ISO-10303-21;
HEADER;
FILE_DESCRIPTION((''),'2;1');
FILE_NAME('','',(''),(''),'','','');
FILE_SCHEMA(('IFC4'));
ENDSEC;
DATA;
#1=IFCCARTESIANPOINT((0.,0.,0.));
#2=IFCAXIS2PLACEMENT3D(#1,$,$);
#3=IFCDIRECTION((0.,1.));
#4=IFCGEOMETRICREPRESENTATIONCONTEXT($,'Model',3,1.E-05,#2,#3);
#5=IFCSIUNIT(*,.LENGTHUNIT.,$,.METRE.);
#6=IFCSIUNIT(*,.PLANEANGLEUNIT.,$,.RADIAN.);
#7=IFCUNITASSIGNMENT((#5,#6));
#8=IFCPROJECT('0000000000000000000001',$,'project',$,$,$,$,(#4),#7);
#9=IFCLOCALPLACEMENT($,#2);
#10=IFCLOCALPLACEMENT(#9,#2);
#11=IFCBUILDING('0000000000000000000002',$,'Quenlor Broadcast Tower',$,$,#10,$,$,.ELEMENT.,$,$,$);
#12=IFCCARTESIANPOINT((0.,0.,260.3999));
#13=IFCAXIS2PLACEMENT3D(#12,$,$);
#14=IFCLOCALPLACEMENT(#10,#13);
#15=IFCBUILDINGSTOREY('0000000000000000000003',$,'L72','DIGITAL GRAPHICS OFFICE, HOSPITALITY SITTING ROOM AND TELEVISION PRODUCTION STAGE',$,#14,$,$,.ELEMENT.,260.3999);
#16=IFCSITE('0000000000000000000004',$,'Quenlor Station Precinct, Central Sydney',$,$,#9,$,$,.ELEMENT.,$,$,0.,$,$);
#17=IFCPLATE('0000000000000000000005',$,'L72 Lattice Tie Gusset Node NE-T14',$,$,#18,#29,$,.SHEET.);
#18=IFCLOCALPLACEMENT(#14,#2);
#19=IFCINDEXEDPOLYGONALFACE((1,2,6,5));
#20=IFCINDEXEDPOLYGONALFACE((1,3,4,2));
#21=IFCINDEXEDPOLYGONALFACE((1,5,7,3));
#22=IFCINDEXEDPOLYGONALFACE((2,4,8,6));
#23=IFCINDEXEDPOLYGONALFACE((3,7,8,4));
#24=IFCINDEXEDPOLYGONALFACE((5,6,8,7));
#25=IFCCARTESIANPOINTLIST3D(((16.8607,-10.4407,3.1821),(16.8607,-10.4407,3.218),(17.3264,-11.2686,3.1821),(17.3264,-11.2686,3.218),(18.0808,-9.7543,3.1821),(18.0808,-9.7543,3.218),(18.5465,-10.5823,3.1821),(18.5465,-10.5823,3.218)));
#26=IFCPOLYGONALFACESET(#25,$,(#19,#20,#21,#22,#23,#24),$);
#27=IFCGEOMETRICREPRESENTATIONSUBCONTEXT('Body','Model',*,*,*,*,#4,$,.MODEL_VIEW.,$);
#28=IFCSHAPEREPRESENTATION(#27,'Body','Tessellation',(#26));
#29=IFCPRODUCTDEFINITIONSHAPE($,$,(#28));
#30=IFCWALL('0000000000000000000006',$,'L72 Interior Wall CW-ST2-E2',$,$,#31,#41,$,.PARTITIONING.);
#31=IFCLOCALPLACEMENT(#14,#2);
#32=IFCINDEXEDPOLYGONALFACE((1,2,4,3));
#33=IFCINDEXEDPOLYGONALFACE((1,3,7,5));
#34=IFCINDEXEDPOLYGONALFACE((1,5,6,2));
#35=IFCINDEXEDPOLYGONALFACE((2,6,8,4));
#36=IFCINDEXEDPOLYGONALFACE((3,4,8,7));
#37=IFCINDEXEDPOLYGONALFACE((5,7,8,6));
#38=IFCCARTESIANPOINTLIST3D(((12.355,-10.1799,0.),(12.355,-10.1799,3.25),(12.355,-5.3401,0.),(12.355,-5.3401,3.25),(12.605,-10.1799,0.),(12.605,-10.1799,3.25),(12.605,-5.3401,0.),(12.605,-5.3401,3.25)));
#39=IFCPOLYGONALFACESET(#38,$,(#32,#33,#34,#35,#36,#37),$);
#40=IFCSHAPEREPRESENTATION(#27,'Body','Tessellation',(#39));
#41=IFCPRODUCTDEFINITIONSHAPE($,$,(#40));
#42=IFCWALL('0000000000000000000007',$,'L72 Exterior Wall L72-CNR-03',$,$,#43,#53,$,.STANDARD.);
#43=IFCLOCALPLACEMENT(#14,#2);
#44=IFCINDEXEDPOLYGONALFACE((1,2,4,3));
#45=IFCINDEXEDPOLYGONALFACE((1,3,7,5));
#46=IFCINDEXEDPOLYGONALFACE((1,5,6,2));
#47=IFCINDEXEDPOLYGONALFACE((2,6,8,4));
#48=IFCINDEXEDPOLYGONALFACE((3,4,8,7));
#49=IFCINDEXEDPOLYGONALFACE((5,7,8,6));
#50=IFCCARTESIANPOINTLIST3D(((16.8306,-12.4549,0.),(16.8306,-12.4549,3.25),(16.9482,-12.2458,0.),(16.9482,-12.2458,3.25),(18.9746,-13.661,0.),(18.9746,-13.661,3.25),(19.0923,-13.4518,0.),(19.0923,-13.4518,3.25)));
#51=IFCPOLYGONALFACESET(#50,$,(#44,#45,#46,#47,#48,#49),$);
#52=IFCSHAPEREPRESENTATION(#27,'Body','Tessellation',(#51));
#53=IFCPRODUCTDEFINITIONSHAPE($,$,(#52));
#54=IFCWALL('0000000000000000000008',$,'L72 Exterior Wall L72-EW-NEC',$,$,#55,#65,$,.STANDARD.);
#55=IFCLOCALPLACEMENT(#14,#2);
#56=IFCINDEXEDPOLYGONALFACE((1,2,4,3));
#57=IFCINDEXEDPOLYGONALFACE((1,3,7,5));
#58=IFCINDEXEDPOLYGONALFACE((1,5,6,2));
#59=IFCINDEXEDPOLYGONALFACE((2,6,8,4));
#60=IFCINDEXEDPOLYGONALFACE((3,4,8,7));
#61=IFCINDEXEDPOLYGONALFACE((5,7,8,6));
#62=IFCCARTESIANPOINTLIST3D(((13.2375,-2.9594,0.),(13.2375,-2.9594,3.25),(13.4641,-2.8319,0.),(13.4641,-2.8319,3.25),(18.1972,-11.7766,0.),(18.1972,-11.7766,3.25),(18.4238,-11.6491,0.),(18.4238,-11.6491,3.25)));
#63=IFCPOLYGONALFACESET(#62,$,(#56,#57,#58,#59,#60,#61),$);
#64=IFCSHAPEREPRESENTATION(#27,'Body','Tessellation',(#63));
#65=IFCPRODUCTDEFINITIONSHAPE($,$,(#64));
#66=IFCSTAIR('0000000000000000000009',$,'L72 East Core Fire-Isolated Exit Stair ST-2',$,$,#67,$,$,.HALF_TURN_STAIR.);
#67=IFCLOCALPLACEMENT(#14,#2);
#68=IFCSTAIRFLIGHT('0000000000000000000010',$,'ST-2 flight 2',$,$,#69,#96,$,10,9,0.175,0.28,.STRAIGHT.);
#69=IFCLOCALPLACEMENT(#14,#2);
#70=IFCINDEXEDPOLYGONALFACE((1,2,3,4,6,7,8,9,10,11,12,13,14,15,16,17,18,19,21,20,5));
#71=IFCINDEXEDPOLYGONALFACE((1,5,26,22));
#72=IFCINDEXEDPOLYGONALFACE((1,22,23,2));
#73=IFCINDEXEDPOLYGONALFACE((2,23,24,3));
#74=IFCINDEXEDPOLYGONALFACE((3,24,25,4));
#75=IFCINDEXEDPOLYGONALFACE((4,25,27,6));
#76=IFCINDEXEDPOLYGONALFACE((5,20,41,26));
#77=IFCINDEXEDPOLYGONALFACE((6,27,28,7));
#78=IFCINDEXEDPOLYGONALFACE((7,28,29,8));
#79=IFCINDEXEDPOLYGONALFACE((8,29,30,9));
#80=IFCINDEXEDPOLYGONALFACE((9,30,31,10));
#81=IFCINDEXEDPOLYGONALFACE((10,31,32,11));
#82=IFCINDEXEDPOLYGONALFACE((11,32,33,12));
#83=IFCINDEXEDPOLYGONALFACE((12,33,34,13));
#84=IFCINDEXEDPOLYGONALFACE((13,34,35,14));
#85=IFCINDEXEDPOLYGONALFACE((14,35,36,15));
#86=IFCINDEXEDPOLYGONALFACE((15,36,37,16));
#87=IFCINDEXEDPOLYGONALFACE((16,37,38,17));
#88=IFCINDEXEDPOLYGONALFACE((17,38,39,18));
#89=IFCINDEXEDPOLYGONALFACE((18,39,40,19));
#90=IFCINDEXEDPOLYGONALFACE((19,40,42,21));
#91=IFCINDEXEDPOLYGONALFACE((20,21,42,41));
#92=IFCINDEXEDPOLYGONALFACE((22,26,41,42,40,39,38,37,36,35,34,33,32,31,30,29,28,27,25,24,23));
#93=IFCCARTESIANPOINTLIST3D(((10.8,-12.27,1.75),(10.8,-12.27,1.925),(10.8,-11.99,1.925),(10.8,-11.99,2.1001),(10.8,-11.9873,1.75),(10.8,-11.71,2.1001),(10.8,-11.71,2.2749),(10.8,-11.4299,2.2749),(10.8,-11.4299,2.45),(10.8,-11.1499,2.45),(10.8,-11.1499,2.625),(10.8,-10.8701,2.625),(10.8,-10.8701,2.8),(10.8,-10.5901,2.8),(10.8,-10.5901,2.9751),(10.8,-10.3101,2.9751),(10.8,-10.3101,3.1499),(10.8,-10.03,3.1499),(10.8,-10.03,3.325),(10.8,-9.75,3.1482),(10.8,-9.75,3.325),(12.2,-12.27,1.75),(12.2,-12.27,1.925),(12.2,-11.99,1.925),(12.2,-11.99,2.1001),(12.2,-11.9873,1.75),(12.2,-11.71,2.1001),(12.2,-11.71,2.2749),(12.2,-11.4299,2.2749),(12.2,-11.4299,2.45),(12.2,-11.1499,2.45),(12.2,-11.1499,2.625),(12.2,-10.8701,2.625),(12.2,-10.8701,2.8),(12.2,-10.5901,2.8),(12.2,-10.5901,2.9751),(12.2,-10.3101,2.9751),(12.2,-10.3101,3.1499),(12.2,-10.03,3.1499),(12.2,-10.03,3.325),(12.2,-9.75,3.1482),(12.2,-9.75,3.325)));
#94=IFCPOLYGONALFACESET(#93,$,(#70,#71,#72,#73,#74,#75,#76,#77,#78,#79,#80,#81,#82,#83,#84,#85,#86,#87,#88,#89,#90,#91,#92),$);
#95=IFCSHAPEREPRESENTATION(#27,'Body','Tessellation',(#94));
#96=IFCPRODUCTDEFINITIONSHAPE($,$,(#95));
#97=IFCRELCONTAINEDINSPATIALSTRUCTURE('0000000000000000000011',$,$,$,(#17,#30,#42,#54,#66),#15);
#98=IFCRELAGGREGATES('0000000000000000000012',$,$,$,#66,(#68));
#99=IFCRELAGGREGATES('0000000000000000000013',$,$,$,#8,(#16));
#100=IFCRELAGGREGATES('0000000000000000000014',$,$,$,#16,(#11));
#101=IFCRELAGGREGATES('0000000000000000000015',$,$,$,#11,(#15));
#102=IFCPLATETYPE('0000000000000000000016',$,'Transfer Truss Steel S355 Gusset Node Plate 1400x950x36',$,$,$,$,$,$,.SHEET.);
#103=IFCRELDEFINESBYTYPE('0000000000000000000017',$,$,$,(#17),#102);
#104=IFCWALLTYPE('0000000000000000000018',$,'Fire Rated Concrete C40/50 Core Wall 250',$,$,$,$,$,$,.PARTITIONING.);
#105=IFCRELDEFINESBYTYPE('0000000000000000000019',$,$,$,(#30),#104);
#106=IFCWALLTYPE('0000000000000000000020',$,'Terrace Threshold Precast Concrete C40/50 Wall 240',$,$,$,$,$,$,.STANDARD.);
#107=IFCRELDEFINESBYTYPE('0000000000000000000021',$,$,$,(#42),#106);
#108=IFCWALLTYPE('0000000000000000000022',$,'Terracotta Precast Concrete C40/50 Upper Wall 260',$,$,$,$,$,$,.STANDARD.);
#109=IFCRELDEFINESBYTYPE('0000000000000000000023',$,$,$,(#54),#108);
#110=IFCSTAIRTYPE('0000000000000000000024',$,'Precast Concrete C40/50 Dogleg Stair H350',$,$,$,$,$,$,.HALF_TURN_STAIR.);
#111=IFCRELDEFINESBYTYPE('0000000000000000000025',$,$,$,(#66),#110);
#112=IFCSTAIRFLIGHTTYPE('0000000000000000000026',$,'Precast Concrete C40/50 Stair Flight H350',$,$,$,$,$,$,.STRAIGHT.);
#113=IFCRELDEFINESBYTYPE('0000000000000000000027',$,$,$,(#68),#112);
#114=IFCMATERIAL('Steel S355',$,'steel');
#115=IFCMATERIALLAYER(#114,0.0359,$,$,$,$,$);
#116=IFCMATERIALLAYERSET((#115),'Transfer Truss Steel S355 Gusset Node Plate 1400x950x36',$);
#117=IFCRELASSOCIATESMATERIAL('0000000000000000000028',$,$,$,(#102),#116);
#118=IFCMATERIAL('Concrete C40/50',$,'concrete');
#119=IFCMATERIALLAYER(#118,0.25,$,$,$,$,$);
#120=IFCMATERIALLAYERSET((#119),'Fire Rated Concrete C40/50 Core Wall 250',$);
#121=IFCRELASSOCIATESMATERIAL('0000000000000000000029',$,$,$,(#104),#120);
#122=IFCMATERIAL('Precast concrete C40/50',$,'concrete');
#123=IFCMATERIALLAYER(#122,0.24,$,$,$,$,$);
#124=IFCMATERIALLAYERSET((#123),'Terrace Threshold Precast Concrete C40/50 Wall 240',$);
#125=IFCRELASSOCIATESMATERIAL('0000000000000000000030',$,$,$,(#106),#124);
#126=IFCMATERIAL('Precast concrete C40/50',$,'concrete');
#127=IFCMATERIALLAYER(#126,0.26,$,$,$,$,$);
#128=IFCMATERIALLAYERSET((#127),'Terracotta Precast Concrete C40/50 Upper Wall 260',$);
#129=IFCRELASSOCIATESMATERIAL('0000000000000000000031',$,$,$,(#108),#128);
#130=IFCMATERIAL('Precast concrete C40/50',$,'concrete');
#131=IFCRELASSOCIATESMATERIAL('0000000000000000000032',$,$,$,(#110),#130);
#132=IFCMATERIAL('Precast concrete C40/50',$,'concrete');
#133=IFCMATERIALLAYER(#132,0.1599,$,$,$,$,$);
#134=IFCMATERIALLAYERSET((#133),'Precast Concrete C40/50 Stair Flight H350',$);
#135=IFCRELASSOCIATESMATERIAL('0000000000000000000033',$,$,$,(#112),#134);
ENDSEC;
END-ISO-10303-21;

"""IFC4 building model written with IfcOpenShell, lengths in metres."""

from ifc_helpers import new_model, si_unit, direction, frame, frame_2d, origin, origin_2d, place, context, subcontext, project, spatial, polyline, rectangle, outline, extrude, material, layer, layer_set, type_object, element, aggregate, save


model = new_model("IFC4")

# Units and contexts
model_context = context("Model", 3, precision=1e-05, world=origin(), true_north=direction((0.0, 1.0)))
body_context = subcontext(model_context, "Body", "Model", "MODEL_VIEW")
ifc_project = project(units=[si_unit("LENGTHUNIT", "METRE"), si_unit("PLANEANGLEUNIT", "RADIAN")], contexts=[model_context])

# Site, building, storey
site_placement = place(None, origin())
site = spatial("IfcSite", under=ifc_project, at=site_placement, Name="Quenlor Station Precinct, Central Sydney", CompositionType="ELEMENT", RefElevation=0.0)
building_placement = place(site_placement, origin())
building = spatial("IfcBuilding", under=site, at=building_placement, Name="Quenlor Broadcast Tower", CompositionType="ELEMENT")
storey_placement = place(building_placement, frame((0.0, 0.0, 260.3999)))
storey = spatial("IfcBuildingStorey", under=building, at=storey_placement, Name="L72", Description="DIGITAL GRAPHICS OFFICE, HOSPITALITY SITTING ROOM AND TELEVISION PRODUCTION STAGE", CompositionType="ELEMENT", Elevation=260.3999)

# Plate
ifc_material_1 = material(Name="Steel S355", Category="steel")
ifc_layer_1 = layer(ifc_material_1, 0.0359)
ifc_layer_set_1 = layer_set([ifc_layer_1], Name="Transfer Truss Steel S355 Gusset Node Plate 1400x950x36")
plate_type = type_object("IfcPlateType", Name="Transfer Truss Steel S355 Gusset Node Plate 1400x950x36", PredefinedType="SHEET", material=ifc_layer_set_1)
for number, where, z_axis, x_axis, name in (
    (1, (17.7036, -10.5115, 3.1821), (0.0, 0.0, 1.0), (0.871556, 0.490295, 0.0), "L72 Lattice Tie Gusset Node NE-T14"),
):
    element("IfcPlate", number, at=place(storey_placement, frame(where, z_axis=z_axis, x_axis=x_axis)), inside=storey, type_object=plate_type, Name=name, PredefinedType="SHEET", context=body_context, shape_type="SweptSolid", body=[
        extrude(rectangle(XDim=1.3999, YDim=0.95, at=origin_2d()), origin(), (0.0, 0.0, 1.0), 0.0359),
    ])

# Wall
ifc_material_2 = material(Name="Concrete C40/50", Category="concrete")
ifc_layer_2 = layer(ifc_material_2, 0.25)
ifc_layer_set_2 = layer_set([ifc_layer_2], Name="Fire Rated Concrete C40/50 Core Wall 250")
wall_type_1 = type_object("IfcWallType", Name="Fire Rated Concrete C40/50 Core Wall 250", PredefinedType="PARTITIONING", material=ifc_layer_set_2)
wall_1_placement = place(storey_placement, frame((12.48, -10.1799, 0.0), z_axis=(0.0, 0.0, 1.0), x_axis=(0.0, 1.0, 0.0)))
element("IfcWall", 2, at=wall_1_placement, inside=storey, type_object=wall_type_1, Name="L72 Interior Wall CW-ST2-E2", PredefinedType="PARTITIONING", context=body_context, shape_type="SweptSolid", body=[
    extrude(rectangle(XDim=4.8398, YDim=0.25, at=frame_2d((2.4199, 0.0))), origin(), (0.0, 0.0, 1.0), 3.25),
])

# Walls
ifc_material_3 = material(Name="Precast concrete C40/50", Category="concrete")
ifc_layer_3 = layer(ifc_material_3, 0.24)
ifc_layer_set_3 = layer_set([ifc_layer_3], Name="Terrace Threshold Precast Concrete C40/50 Wall 240")
wall_type_2 = type_object("IfcWallType", Name="Terrace Threshold Precast Concrete C40/50 Wall 240", PredefinedType="STANDARD", material=ifc_layer_set_3)
wall_2_placement = place(storey_placement, frame((16.8894, -12.3503, 0.0), z_axis=(0.0, 0.0, 1.0), x_axis=(0.87157, -0.490271, 0.0)))
element("IfcWall", 3, at=wall_2_placement, inside=storey, type_object=wall_type_2, Name="L72 Exterior Wall L72-CNR-03", PredefinedType="STANDARD", context=body_context, shape_type="SweptSolid", body=[
    extrude(rectangle(XDim=2.46, YDim=0.24, at=frame_2d((1.23, 0.0))), origin(), (0.0, 0.0, 1.0), 3.25),
])
ifc_material_4 = material(Name="Precast concrete C40/50", Category="concrete")
ifc_layer_4 = layer(ifc_material_4, 0.26)
ifc_layer_set_4 = layer_set([ifc_layer_4], Name="Terracotta Precast Concrete C40/50 Upper Wall 260")
wall_type_3 = type_object("IfcWallType", Name="Terracotta Precast Concrete C40/50 Upper Wall 260", PredefinedType="STANDARD", material=ifc_layer_set_4)
wall_3_placement = place(storey_placement, frame((13.3508, -2.8958, 0.0), z_axis=(0.0, 0.0, 1.0), x_axis=(0.490267, -0.871572, 0.0)))
element("IfcWall", 4, at=wall_3_placement, inside=storey, type_object=wall_type_3, Name="L72 Exterior Wall L72-EW-NEC", PredefinedType="STANDARD", context=body_context, shape_type="SweptSolid", body=[
    extrude(rectangle(XDim=10.1165, YDim=0.26, at=frame_2d((5.0581, 0.0))), origin(), (0.0, 0.0, 1.0), 3.25),
])

# Stair, stair flight
ifc_material_5 = material(Name="Precast concrete C40/50", Category="concrete")
stair_type = type_object("IfcStairType", Name="Precast Concrete C40/50 Dogleg Stair H350", PredefinedType="HALF_TURN_STAIR", material=ifc_material_5)
stair_placement = place(storey_placement, origin())
stair = element("IfcStair", 5, at=stair_placement, inside=storey, type_object=stair_type, Name="L72 East Core Fire-Isolated Exit Stair ST-2", PredefinedType="HALF_TURN_STAIR")
ifc_material_6 = material(Name="Precast concrete C40/50", Category="concrete")
ifc_layer_5 = layer(ifc_material_6, 0.1599)
ifc_layer_set_5 = layer_set([ifc_layer_5], Name="Precast Concrete C40/50 Stair Flight H350")
stair_flight_type = type_object("IfcStairFlightType", Name="Precast Concrete C40/50 Stair Flight H350", PredefinedType="STRAIGHT", material=ifc_layer_set_5)
stair_flight_placement = place(storey_placement, frame((11.5, -12.27, 1.75), z_axis=(0.0, 0.0, 1.0), x_axis=(0.0, 1.0, 0.0)))
stair_flight = element("IfcStairFlight", 6, at=stair_flight_placement, type_object=stair_flight_type, Name="ST-2 flight 2", NumberOfRisers=10, NumberOfTreads=9, PredefinedType="STRAIGHT", RiserHeight=0.175, TreadLength=0.28, context=body_context, shape_type="SweptSolid", body=[
    extrude(outline(polyline([(0.0, 0.0), (0.0, 0.175), (0.28, 0.175), (0.28, 0.3501), (0.5601, 0.3501), (0.5601, 0.5249), (0.8401, 0.5249), (0.8401, 0.7), (1.1201, 0.7), (1.1201, 0.875), (1.3999, 0.875), (1.3999, 1.05), (1.6799, 1.05), (1.6799, 1.2251), (1.96, 1.2251), (1.96, 1.3999), (2.24, 1.3999), (2.24, 1.575), (2.52, 1.575), (2.52, 1.75), (2.52, 1.3982), (0.2827, 0.0), (0.0, 0.0)])), frame((0.0, 0.7, 0.0), z_axis=(0.0, -1.0, 0.0), x_axis=(1.0, 0.0, 0.0)), (0.0, 0.0, 1.0), 1.3999),
])
aggregate(stair, [stair_flight])

save(model, "model.ifc")
